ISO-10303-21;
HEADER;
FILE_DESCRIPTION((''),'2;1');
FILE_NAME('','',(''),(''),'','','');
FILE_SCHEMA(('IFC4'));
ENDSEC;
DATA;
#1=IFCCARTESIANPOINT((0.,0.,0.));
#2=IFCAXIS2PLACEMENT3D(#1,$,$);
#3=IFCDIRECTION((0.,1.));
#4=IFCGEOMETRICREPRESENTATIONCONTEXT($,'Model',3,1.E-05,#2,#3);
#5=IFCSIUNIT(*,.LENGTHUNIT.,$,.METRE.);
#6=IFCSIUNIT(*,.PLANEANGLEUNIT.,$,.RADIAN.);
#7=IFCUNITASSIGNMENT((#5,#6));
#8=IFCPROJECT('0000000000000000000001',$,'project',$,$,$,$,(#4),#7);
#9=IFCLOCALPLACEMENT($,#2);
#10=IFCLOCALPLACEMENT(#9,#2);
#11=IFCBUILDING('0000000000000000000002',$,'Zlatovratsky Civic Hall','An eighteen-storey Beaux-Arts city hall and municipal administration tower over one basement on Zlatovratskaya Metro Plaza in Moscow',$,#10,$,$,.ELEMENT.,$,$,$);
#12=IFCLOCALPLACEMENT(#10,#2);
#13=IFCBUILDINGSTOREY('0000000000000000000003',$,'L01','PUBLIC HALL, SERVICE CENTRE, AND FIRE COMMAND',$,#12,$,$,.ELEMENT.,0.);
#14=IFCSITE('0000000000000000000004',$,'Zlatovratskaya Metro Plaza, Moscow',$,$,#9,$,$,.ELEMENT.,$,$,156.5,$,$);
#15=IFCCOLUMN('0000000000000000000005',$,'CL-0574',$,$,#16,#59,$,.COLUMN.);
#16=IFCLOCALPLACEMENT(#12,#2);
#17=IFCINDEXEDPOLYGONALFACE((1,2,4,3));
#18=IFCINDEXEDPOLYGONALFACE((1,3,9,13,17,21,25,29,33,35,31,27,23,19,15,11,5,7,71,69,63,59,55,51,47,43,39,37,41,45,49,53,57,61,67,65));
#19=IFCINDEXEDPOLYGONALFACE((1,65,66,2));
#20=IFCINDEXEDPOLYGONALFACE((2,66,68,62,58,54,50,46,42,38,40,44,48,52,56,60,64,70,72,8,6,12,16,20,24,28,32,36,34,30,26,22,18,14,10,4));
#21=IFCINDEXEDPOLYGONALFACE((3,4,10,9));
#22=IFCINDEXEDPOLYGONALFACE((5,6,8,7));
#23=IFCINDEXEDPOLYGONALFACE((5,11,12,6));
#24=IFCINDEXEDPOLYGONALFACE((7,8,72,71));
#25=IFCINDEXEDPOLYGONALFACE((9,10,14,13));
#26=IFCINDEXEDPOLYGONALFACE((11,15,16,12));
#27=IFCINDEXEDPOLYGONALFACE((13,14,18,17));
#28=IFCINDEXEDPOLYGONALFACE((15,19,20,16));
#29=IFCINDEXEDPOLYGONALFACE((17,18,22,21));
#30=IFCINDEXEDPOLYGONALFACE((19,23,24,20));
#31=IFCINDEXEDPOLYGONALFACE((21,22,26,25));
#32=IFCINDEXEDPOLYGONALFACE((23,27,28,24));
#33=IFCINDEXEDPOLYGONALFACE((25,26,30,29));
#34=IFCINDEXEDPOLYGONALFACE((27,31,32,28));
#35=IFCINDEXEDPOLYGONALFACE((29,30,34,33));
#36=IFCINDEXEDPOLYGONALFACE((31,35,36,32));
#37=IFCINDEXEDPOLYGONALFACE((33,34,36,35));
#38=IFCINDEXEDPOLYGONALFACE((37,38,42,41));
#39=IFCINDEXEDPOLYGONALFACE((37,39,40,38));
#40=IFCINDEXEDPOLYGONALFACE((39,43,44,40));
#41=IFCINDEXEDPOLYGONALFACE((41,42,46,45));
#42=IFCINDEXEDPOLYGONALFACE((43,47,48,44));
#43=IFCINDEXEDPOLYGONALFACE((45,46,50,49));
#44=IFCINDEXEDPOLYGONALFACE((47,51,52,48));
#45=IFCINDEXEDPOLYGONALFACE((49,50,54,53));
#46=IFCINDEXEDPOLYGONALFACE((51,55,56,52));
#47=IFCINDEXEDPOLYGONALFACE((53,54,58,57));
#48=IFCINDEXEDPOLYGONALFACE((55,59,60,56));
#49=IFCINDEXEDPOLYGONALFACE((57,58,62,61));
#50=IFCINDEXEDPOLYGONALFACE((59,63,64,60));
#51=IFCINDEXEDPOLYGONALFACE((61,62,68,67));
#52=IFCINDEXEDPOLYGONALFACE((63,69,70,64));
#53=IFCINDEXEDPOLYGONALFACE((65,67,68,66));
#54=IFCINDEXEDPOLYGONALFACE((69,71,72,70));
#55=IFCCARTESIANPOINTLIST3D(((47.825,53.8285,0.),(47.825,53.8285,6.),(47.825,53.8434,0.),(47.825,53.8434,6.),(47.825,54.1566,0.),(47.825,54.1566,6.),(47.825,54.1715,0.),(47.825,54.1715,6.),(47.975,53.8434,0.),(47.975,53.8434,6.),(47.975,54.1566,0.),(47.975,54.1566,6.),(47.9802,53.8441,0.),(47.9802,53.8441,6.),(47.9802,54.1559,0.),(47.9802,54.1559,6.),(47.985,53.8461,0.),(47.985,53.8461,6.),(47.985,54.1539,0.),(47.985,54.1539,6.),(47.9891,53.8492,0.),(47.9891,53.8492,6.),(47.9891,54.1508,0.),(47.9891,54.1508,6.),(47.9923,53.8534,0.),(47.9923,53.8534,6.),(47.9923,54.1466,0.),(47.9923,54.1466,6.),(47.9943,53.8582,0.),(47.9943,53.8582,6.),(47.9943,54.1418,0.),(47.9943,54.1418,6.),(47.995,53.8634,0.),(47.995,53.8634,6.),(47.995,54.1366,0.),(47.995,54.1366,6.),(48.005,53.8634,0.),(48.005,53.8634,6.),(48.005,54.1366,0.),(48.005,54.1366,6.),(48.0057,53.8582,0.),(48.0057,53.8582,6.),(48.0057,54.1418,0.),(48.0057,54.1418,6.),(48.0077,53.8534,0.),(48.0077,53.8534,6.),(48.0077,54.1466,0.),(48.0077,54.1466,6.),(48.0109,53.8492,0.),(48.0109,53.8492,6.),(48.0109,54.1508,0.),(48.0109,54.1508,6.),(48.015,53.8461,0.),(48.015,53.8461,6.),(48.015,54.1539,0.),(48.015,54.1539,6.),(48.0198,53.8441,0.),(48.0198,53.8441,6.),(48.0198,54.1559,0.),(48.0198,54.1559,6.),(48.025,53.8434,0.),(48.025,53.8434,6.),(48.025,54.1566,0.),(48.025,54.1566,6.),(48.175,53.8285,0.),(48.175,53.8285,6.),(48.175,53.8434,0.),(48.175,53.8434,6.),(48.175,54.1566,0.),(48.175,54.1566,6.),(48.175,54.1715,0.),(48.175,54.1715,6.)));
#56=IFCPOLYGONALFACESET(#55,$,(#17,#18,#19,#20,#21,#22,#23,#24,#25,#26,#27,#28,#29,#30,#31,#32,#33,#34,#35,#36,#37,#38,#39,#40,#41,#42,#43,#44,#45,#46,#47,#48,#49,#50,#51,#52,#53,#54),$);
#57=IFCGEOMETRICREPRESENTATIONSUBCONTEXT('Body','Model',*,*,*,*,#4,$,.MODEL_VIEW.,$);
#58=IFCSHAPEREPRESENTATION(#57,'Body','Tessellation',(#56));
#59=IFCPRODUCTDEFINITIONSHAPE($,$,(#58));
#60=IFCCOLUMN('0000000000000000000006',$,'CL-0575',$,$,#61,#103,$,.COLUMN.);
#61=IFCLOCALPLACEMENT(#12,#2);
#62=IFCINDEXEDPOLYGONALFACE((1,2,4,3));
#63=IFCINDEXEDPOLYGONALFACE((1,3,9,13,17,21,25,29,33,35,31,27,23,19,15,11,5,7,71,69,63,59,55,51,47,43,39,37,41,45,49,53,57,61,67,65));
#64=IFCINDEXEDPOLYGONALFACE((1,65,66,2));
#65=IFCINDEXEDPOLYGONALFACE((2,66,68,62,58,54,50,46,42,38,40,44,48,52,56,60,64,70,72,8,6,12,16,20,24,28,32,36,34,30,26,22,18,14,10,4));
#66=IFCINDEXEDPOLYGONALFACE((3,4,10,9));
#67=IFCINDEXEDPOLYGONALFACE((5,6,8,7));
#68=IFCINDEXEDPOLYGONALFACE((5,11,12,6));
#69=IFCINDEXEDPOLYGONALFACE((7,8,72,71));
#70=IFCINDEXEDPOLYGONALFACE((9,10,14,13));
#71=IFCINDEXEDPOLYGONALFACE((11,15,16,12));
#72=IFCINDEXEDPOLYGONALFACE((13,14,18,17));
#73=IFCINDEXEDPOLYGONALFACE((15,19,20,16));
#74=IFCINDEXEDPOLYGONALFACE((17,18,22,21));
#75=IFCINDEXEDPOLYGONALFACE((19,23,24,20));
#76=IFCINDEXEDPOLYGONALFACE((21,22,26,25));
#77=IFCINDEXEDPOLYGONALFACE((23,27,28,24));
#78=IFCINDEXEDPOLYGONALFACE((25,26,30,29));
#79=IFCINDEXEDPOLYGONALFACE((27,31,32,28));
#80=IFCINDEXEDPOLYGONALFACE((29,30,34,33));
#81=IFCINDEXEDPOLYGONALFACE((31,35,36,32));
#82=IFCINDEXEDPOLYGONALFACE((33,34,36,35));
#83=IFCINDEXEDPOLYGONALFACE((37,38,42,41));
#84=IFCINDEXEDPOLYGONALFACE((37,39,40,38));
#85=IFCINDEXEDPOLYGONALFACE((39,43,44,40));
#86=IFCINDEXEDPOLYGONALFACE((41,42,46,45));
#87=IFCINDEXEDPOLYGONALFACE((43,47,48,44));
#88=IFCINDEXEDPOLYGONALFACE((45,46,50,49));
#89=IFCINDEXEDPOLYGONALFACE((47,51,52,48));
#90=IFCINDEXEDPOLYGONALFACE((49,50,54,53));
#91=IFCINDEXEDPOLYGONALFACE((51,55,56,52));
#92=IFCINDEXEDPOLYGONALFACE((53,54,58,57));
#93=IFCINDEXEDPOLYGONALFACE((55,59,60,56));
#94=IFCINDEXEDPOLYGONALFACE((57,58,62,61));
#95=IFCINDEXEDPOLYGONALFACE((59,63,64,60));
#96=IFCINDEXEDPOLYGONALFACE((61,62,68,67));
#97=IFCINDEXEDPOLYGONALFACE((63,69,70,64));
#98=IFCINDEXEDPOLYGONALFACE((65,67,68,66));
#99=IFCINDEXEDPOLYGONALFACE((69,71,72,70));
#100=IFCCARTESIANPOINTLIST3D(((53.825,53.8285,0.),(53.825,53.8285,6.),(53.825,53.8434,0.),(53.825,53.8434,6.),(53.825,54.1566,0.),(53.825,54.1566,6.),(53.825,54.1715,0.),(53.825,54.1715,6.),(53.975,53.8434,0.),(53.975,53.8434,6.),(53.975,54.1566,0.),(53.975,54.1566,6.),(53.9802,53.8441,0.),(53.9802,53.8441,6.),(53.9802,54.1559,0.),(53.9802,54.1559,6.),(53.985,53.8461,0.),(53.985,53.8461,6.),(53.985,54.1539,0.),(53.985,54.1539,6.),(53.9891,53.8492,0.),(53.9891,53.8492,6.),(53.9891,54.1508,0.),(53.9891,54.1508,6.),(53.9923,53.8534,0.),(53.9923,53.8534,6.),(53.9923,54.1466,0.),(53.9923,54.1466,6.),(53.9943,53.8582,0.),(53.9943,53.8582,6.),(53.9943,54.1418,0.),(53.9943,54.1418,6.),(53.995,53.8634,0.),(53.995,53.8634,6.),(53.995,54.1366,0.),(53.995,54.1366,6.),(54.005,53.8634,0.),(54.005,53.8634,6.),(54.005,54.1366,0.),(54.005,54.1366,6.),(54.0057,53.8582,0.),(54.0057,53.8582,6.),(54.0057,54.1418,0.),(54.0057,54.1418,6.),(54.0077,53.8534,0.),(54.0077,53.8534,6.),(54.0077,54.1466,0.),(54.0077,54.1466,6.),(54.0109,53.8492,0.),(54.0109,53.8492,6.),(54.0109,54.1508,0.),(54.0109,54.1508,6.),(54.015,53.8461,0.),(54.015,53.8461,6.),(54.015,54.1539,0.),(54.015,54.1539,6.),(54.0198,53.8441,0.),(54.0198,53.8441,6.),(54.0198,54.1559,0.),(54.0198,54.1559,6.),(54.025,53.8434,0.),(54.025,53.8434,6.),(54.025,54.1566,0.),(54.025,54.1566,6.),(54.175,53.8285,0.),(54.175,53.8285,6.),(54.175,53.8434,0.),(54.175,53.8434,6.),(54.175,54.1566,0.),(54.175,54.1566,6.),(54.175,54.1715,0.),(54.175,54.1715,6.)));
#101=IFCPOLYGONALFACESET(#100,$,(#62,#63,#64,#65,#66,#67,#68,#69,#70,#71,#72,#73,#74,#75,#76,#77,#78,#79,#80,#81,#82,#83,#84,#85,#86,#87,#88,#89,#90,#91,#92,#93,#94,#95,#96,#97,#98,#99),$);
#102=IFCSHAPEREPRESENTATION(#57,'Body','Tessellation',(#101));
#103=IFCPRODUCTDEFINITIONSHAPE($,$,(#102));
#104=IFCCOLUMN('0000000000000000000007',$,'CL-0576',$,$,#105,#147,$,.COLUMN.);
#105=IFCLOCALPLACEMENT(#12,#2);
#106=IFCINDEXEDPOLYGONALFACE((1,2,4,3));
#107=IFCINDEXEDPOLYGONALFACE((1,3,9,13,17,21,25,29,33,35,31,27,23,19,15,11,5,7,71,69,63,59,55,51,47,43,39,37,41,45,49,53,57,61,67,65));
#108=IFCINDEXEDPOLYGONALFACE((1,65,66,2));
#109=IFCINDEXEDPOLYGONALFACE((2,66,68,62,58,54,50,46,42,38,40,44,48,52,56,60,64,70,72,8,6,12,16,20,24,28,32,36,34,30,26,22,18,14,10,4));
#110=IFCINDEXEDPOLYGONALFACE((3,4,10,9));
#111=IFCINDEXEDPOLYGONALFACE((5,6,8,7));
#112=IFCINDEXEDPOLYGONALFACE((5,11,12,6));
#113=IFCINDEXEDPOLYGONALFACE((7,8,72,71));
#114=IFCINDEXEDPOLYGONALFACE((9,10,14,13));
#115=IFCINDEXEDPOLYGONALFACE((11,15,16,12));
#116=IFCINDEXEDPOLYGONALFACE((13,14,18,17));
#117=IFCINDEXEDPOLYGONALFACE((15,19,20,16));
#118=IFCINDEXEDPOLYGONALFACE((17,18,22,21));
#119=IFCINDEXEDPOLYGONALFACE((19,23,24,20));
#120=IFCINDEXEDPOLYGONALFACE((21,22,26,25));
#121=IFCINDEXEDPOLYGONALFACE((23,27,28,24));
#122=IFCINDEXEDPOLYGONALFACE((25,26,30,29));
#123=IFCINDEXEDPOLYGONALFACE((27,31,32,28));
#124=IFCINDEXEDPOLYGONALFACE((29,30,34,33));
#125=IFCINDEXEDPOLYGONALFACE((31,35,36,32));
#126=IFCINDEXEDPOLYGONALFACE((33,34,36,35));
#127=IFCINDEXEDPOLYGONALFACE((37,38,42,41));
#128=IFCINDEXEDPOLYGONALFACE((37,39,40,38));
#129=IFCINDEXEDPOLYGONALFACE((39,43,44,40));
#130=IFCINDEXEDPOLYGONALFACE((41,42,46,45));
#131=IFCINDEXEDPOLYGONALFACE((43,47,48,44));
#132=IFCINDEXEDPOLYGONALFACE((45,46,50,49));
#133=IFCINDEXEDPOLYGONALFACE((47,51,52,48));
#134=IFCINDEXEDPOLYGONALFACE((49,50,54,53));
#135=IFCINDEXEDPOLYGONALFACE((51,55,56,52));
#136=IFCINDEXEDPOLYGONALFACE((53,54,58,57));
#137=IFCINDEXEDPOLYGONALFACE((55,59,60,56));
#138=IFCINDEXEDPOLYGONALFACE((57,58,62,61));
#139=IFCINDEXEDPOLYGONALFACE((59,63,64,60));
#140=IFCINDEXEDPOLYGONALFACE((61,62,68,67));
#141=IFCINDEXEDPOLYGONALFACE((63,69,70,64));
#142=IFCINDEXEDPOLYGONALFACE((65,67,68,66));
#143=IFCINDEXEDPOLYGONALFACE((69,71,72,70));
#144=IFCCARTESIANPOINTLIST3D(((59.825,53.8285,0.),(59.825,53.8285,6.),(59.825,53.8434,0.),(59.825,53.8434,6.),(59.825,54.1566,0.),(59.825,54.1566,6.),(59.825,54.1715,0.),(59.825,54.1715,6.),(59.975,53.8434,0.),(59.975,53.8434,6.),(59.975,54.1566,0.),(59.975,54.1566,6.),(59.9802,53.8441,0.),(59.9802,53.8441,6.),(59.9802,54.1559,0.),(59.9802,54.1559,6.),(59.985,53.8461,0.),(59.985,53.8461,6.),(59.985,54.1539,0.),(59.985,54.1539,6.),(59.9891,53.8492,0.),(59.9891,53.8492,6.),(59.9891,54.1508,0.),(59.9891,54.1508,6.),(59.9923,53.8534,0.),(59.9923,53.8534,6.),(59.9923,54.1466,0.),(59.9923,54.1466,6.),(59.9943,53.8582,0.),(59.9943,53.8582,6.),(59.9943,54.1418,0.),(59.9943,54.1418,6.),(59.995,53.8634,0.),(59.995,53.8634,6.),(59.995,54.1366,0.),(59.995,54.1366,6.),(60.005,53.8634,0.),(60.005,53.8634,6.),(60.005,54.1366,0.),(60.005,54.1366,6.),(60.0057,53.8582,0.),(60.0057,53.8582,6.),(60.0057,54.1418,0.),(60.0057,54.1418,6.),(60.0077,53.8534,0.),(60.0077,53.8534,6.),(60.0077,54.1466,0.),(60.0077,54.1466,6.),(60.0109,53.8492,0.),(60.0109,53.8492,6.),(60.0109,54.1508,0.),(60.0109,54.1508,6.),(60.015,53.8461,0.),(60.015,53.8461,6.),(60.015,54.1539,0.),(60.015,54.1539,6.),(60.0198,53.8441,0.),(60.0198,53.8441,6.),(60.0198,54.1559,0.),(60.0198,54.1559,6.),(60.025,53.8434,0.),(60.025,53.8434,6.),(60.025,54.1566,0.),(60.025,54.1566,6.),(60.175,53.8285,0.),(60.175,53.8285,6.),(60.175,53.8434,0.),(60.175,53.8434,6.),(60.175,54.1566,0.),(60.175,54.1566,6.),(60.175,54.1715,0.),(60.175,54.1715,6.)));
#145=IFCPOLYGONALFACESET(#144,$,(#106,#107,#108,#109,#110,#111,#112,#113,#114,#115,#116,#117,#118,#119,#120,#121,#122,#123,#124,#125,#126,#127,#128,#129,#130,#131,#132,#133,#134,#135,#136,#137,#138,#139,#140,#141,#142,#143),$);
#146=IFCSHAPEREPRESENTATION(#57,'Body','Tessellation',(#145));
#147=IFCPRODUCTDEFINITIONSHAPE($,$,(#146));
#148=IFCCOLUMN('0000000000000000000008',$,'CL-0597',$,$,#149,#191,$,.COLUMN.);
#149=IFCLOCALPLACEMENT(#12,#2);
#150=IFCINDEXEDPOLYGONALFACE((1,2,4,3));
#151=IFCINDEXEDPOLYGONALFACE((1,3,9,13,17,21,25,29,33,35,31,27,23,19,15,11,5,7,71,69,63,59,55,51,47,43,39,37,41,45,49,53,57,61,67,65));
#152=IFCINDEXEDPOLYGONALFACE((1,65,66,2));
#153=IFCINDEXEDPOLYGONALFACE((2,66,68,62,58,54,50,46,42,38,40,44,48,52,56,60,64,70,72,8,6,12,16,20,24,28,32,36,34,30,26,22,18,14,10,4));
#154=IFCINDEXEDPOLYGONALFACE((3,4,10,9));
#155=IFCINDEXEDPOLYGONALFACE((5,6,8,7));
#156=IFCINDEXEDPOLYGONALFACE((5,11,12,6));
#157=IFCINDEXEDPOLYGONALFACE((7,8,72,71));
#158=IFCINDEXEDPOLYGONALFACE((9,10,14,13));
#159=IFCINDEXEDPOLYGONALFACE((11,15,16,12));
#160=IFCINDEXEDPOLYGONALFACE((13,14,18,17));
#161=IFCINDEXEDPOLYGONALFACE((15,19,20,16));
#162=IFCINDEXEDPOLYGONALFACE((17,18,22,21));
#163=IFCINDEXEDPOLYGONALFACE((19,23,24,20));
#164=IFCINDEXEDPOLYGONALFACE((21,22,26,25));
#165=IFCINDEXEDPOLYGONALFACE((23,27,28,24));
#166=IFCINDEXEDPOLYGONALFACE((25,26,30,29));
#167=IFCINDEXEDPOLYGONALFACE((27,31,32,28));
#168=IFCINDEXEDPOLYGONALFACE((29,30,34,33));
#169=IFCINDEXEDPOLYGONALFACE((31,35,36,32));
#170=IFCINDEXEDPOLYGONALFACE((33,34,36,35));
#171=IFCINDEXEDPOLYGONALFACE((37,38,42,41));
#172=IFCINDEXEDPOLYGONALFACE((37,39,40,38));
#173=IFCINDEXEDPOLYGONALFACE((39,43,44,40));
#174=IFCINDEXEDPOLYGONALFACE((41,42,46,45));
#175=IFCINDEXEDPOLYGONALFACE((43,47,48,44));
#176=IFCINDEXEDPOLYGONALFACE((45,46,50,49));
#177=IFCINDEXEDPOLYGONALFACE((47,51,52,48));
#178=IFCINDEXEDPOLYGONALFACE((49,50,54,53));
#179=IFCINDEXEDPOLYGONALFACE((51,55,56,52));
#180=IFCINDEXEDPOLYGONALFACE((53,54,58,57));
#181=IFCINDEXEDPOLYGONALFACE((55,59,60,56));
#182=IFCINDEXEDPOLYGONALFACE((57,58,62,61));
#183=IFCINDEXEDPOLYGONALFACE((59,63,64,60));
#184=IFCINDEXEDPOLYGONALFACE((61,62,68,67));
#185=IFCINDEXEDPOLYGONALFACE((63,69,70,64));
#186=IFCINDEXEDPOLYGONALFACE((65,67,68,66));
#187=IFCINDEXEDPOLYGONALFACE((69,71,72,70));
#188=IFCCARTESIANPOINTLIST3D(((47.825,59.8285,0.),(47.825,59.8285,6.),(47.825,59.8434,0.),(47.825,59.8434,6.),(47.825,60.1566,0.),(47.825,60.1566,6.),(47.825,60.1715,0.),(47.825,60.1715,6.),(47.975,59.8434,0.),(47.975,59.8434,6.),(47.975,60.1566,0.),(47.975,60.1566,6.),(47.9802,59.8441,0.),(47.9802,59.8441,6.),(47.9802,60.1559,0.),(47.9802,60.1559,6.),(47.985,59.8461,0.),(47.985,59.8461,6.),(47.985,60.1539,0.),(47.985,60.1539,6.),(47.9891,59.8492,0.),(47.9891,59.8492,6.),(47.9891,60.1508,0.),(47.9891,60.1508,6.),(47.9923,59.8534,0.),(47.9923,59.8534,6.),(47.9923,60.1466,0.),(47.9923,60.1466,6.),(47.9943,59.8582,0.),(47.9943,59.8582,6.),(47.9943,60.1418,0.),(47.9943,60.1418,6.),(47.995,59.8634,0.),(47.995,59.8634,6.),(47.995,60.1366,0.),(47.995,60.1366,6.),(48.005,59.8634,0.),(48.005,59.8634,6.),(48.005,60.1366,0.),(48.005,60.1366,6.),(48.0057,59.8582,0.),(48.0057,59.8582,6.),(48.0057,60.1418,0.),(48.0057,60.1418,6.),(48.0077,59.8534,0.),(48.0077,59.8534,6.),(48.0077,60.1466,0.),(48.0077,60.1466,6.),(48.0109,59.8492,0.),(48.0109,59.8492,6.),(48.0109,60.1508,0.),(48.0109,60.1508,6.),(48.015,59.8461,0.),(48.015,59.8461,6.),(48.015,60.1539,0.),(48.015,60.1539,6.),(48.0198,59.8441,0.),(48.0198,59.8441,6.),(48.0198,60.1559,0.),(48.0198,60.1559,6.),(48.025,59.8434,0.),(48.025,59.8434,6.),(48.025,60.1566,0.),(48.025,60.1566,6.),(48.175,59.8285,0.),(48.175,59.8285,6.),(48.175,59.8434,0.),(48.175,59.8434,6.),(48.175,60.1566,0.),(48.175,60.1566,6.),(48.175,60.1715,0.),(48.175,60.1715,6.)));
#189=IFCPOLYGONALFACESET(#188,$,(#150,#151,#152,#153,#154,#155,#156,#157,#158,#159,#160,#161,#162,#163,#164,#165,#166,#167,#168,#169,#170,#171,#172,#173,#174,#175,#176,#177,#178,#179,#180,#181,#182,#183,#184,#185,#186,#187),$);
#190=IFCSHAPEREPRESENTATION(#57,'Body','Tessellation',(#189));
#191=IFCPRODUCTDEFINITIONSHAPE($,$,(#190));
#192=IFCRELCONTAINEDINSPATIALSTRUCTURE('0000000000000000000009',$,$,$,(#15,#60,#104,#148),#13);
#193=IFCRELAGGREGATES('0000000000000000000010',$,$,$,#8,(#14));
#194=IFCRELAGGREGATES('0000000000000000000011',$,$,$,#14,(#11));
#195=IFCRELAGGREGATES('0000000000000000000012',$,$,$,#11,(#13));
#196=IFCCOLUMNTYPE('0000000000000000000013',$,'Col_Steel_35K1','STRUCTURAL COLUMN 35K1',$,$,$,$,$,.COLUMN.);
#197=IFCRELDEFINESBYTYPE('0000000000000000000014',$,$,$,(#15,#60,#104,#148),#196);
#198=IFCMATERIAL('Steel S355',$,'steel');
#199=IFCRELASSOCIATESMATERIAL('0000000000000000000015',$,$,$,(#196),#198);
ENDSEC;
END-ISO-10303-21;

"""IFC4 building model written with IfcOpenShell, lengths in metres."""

from ifc_helpers import new_model, si_unit, direction, frame, origin, origin_2d, place, context, subcontext, project, spatial, i_section, extrude, material, material_profile, profile_set, type_object, element, save


model = new_model("IFC4")

# Units and contexts
model_context = context("Model", 3, precision=1e-05, world=origin(), true_north=direction((0.0, 1.0)))
body_context = subcontext(model_context, "Body", "Model", "MODEL_VIEW")
ifc_project = project(units=[si_unit("LENGTHUNIT", "METRE"), si_unit("PLANEANGLEUNIT", "RADIAN")], contexts=[model_context])

# Site, building, storey
site_placement = place(None, origin())
site = spatial("IfcSite", under=ifc_project, at=site_placement, Name="Zlatovratskaya Metro Plaza, Moscow", CompositionType="ELEMENT", RefElevation=156.5)
building_placement = place(site_placement, origin())
building = spatial("IfcBuilding", under=site, at=building_placement, Name="Zlatovratsky Civic Hall", Description="An eighteen-storey Beaux-Arts city hall and municipal administration tower over one basement on Zlatovratskaya Metro Plaza in Moscow", CompositionType="ELEMENT")
storey_placement = place(building_placement, origin())
storey = spatial("IfcBuildingStorey", under=building, at=storey_placement, Name="L01", Description="PUBLIC HALL, SERVICE CENTRE, AND FIRE COMMAND", CompositionType="ELEMENT", Elevation=0.0)

# Columns
ifc_material_1 = material(Name="Steel S355", Category="steel")
ifc_material_profile_1 = material_profile(ifc_material_1, i_section(OverallWidth=0.3501, OverallDepth=0.343, WebThickness=0.01, FlangeThickness=0.0149, FilletRadius=0.02, at=origin_2d()), Name="35K1")
ifc_profile_set_1 = profile_set([ifc_material_profile_1], Name="Steel S355")
column_type = type_object("IfcColumnType", Name="Col_Steel_35K1", Description="STRUCTURAL COLUMN 35K1", PredefinedType="COLUMN", material=ifc_profile_set_1)
for number, where, z_axis, x_axis, name in (
    (1, (48.0, 54.0, 0.0), (0.0, 0.0, 1.0), (1.0, 0.0, 0.0), "CL-0574"),
    (2, (54.0, 54.0, 0.0), (0.0, 0.0, 1.0), (1.0, 0.0, 0.0), "CL-0575"),
    (3, (60.0, 54.0, 0.0), (0.0, 0.0, 1.0), (1.0, 0.0, 0.0), "CL-0576"),
    (4, (48.0, 60.0, 0.0), (0.0, 0.0, 1.0), (1.0, 0.0, 0.0), "CL-0597"),
):
    element("IfcColumn", number, at=place(storey_placement, frame(where, z_axis=z_axis, x_axis=x_axis)), inside=storey, type_object=column_type, Name=name, PredefinedType="COLUMN", context=body_context, shape_type="SweptSolid", body=[
        extrude(i_section(OverallWidth=0.3501, OverallDepth=0.343, WebThickness=0.01, FlangeThickness=0.0149, FilletRadius=0.02, at=origin_2d()), origin(), (0.0, 0.0, 1.0), 6.0),
    ])

save(model, "model.ifc")
